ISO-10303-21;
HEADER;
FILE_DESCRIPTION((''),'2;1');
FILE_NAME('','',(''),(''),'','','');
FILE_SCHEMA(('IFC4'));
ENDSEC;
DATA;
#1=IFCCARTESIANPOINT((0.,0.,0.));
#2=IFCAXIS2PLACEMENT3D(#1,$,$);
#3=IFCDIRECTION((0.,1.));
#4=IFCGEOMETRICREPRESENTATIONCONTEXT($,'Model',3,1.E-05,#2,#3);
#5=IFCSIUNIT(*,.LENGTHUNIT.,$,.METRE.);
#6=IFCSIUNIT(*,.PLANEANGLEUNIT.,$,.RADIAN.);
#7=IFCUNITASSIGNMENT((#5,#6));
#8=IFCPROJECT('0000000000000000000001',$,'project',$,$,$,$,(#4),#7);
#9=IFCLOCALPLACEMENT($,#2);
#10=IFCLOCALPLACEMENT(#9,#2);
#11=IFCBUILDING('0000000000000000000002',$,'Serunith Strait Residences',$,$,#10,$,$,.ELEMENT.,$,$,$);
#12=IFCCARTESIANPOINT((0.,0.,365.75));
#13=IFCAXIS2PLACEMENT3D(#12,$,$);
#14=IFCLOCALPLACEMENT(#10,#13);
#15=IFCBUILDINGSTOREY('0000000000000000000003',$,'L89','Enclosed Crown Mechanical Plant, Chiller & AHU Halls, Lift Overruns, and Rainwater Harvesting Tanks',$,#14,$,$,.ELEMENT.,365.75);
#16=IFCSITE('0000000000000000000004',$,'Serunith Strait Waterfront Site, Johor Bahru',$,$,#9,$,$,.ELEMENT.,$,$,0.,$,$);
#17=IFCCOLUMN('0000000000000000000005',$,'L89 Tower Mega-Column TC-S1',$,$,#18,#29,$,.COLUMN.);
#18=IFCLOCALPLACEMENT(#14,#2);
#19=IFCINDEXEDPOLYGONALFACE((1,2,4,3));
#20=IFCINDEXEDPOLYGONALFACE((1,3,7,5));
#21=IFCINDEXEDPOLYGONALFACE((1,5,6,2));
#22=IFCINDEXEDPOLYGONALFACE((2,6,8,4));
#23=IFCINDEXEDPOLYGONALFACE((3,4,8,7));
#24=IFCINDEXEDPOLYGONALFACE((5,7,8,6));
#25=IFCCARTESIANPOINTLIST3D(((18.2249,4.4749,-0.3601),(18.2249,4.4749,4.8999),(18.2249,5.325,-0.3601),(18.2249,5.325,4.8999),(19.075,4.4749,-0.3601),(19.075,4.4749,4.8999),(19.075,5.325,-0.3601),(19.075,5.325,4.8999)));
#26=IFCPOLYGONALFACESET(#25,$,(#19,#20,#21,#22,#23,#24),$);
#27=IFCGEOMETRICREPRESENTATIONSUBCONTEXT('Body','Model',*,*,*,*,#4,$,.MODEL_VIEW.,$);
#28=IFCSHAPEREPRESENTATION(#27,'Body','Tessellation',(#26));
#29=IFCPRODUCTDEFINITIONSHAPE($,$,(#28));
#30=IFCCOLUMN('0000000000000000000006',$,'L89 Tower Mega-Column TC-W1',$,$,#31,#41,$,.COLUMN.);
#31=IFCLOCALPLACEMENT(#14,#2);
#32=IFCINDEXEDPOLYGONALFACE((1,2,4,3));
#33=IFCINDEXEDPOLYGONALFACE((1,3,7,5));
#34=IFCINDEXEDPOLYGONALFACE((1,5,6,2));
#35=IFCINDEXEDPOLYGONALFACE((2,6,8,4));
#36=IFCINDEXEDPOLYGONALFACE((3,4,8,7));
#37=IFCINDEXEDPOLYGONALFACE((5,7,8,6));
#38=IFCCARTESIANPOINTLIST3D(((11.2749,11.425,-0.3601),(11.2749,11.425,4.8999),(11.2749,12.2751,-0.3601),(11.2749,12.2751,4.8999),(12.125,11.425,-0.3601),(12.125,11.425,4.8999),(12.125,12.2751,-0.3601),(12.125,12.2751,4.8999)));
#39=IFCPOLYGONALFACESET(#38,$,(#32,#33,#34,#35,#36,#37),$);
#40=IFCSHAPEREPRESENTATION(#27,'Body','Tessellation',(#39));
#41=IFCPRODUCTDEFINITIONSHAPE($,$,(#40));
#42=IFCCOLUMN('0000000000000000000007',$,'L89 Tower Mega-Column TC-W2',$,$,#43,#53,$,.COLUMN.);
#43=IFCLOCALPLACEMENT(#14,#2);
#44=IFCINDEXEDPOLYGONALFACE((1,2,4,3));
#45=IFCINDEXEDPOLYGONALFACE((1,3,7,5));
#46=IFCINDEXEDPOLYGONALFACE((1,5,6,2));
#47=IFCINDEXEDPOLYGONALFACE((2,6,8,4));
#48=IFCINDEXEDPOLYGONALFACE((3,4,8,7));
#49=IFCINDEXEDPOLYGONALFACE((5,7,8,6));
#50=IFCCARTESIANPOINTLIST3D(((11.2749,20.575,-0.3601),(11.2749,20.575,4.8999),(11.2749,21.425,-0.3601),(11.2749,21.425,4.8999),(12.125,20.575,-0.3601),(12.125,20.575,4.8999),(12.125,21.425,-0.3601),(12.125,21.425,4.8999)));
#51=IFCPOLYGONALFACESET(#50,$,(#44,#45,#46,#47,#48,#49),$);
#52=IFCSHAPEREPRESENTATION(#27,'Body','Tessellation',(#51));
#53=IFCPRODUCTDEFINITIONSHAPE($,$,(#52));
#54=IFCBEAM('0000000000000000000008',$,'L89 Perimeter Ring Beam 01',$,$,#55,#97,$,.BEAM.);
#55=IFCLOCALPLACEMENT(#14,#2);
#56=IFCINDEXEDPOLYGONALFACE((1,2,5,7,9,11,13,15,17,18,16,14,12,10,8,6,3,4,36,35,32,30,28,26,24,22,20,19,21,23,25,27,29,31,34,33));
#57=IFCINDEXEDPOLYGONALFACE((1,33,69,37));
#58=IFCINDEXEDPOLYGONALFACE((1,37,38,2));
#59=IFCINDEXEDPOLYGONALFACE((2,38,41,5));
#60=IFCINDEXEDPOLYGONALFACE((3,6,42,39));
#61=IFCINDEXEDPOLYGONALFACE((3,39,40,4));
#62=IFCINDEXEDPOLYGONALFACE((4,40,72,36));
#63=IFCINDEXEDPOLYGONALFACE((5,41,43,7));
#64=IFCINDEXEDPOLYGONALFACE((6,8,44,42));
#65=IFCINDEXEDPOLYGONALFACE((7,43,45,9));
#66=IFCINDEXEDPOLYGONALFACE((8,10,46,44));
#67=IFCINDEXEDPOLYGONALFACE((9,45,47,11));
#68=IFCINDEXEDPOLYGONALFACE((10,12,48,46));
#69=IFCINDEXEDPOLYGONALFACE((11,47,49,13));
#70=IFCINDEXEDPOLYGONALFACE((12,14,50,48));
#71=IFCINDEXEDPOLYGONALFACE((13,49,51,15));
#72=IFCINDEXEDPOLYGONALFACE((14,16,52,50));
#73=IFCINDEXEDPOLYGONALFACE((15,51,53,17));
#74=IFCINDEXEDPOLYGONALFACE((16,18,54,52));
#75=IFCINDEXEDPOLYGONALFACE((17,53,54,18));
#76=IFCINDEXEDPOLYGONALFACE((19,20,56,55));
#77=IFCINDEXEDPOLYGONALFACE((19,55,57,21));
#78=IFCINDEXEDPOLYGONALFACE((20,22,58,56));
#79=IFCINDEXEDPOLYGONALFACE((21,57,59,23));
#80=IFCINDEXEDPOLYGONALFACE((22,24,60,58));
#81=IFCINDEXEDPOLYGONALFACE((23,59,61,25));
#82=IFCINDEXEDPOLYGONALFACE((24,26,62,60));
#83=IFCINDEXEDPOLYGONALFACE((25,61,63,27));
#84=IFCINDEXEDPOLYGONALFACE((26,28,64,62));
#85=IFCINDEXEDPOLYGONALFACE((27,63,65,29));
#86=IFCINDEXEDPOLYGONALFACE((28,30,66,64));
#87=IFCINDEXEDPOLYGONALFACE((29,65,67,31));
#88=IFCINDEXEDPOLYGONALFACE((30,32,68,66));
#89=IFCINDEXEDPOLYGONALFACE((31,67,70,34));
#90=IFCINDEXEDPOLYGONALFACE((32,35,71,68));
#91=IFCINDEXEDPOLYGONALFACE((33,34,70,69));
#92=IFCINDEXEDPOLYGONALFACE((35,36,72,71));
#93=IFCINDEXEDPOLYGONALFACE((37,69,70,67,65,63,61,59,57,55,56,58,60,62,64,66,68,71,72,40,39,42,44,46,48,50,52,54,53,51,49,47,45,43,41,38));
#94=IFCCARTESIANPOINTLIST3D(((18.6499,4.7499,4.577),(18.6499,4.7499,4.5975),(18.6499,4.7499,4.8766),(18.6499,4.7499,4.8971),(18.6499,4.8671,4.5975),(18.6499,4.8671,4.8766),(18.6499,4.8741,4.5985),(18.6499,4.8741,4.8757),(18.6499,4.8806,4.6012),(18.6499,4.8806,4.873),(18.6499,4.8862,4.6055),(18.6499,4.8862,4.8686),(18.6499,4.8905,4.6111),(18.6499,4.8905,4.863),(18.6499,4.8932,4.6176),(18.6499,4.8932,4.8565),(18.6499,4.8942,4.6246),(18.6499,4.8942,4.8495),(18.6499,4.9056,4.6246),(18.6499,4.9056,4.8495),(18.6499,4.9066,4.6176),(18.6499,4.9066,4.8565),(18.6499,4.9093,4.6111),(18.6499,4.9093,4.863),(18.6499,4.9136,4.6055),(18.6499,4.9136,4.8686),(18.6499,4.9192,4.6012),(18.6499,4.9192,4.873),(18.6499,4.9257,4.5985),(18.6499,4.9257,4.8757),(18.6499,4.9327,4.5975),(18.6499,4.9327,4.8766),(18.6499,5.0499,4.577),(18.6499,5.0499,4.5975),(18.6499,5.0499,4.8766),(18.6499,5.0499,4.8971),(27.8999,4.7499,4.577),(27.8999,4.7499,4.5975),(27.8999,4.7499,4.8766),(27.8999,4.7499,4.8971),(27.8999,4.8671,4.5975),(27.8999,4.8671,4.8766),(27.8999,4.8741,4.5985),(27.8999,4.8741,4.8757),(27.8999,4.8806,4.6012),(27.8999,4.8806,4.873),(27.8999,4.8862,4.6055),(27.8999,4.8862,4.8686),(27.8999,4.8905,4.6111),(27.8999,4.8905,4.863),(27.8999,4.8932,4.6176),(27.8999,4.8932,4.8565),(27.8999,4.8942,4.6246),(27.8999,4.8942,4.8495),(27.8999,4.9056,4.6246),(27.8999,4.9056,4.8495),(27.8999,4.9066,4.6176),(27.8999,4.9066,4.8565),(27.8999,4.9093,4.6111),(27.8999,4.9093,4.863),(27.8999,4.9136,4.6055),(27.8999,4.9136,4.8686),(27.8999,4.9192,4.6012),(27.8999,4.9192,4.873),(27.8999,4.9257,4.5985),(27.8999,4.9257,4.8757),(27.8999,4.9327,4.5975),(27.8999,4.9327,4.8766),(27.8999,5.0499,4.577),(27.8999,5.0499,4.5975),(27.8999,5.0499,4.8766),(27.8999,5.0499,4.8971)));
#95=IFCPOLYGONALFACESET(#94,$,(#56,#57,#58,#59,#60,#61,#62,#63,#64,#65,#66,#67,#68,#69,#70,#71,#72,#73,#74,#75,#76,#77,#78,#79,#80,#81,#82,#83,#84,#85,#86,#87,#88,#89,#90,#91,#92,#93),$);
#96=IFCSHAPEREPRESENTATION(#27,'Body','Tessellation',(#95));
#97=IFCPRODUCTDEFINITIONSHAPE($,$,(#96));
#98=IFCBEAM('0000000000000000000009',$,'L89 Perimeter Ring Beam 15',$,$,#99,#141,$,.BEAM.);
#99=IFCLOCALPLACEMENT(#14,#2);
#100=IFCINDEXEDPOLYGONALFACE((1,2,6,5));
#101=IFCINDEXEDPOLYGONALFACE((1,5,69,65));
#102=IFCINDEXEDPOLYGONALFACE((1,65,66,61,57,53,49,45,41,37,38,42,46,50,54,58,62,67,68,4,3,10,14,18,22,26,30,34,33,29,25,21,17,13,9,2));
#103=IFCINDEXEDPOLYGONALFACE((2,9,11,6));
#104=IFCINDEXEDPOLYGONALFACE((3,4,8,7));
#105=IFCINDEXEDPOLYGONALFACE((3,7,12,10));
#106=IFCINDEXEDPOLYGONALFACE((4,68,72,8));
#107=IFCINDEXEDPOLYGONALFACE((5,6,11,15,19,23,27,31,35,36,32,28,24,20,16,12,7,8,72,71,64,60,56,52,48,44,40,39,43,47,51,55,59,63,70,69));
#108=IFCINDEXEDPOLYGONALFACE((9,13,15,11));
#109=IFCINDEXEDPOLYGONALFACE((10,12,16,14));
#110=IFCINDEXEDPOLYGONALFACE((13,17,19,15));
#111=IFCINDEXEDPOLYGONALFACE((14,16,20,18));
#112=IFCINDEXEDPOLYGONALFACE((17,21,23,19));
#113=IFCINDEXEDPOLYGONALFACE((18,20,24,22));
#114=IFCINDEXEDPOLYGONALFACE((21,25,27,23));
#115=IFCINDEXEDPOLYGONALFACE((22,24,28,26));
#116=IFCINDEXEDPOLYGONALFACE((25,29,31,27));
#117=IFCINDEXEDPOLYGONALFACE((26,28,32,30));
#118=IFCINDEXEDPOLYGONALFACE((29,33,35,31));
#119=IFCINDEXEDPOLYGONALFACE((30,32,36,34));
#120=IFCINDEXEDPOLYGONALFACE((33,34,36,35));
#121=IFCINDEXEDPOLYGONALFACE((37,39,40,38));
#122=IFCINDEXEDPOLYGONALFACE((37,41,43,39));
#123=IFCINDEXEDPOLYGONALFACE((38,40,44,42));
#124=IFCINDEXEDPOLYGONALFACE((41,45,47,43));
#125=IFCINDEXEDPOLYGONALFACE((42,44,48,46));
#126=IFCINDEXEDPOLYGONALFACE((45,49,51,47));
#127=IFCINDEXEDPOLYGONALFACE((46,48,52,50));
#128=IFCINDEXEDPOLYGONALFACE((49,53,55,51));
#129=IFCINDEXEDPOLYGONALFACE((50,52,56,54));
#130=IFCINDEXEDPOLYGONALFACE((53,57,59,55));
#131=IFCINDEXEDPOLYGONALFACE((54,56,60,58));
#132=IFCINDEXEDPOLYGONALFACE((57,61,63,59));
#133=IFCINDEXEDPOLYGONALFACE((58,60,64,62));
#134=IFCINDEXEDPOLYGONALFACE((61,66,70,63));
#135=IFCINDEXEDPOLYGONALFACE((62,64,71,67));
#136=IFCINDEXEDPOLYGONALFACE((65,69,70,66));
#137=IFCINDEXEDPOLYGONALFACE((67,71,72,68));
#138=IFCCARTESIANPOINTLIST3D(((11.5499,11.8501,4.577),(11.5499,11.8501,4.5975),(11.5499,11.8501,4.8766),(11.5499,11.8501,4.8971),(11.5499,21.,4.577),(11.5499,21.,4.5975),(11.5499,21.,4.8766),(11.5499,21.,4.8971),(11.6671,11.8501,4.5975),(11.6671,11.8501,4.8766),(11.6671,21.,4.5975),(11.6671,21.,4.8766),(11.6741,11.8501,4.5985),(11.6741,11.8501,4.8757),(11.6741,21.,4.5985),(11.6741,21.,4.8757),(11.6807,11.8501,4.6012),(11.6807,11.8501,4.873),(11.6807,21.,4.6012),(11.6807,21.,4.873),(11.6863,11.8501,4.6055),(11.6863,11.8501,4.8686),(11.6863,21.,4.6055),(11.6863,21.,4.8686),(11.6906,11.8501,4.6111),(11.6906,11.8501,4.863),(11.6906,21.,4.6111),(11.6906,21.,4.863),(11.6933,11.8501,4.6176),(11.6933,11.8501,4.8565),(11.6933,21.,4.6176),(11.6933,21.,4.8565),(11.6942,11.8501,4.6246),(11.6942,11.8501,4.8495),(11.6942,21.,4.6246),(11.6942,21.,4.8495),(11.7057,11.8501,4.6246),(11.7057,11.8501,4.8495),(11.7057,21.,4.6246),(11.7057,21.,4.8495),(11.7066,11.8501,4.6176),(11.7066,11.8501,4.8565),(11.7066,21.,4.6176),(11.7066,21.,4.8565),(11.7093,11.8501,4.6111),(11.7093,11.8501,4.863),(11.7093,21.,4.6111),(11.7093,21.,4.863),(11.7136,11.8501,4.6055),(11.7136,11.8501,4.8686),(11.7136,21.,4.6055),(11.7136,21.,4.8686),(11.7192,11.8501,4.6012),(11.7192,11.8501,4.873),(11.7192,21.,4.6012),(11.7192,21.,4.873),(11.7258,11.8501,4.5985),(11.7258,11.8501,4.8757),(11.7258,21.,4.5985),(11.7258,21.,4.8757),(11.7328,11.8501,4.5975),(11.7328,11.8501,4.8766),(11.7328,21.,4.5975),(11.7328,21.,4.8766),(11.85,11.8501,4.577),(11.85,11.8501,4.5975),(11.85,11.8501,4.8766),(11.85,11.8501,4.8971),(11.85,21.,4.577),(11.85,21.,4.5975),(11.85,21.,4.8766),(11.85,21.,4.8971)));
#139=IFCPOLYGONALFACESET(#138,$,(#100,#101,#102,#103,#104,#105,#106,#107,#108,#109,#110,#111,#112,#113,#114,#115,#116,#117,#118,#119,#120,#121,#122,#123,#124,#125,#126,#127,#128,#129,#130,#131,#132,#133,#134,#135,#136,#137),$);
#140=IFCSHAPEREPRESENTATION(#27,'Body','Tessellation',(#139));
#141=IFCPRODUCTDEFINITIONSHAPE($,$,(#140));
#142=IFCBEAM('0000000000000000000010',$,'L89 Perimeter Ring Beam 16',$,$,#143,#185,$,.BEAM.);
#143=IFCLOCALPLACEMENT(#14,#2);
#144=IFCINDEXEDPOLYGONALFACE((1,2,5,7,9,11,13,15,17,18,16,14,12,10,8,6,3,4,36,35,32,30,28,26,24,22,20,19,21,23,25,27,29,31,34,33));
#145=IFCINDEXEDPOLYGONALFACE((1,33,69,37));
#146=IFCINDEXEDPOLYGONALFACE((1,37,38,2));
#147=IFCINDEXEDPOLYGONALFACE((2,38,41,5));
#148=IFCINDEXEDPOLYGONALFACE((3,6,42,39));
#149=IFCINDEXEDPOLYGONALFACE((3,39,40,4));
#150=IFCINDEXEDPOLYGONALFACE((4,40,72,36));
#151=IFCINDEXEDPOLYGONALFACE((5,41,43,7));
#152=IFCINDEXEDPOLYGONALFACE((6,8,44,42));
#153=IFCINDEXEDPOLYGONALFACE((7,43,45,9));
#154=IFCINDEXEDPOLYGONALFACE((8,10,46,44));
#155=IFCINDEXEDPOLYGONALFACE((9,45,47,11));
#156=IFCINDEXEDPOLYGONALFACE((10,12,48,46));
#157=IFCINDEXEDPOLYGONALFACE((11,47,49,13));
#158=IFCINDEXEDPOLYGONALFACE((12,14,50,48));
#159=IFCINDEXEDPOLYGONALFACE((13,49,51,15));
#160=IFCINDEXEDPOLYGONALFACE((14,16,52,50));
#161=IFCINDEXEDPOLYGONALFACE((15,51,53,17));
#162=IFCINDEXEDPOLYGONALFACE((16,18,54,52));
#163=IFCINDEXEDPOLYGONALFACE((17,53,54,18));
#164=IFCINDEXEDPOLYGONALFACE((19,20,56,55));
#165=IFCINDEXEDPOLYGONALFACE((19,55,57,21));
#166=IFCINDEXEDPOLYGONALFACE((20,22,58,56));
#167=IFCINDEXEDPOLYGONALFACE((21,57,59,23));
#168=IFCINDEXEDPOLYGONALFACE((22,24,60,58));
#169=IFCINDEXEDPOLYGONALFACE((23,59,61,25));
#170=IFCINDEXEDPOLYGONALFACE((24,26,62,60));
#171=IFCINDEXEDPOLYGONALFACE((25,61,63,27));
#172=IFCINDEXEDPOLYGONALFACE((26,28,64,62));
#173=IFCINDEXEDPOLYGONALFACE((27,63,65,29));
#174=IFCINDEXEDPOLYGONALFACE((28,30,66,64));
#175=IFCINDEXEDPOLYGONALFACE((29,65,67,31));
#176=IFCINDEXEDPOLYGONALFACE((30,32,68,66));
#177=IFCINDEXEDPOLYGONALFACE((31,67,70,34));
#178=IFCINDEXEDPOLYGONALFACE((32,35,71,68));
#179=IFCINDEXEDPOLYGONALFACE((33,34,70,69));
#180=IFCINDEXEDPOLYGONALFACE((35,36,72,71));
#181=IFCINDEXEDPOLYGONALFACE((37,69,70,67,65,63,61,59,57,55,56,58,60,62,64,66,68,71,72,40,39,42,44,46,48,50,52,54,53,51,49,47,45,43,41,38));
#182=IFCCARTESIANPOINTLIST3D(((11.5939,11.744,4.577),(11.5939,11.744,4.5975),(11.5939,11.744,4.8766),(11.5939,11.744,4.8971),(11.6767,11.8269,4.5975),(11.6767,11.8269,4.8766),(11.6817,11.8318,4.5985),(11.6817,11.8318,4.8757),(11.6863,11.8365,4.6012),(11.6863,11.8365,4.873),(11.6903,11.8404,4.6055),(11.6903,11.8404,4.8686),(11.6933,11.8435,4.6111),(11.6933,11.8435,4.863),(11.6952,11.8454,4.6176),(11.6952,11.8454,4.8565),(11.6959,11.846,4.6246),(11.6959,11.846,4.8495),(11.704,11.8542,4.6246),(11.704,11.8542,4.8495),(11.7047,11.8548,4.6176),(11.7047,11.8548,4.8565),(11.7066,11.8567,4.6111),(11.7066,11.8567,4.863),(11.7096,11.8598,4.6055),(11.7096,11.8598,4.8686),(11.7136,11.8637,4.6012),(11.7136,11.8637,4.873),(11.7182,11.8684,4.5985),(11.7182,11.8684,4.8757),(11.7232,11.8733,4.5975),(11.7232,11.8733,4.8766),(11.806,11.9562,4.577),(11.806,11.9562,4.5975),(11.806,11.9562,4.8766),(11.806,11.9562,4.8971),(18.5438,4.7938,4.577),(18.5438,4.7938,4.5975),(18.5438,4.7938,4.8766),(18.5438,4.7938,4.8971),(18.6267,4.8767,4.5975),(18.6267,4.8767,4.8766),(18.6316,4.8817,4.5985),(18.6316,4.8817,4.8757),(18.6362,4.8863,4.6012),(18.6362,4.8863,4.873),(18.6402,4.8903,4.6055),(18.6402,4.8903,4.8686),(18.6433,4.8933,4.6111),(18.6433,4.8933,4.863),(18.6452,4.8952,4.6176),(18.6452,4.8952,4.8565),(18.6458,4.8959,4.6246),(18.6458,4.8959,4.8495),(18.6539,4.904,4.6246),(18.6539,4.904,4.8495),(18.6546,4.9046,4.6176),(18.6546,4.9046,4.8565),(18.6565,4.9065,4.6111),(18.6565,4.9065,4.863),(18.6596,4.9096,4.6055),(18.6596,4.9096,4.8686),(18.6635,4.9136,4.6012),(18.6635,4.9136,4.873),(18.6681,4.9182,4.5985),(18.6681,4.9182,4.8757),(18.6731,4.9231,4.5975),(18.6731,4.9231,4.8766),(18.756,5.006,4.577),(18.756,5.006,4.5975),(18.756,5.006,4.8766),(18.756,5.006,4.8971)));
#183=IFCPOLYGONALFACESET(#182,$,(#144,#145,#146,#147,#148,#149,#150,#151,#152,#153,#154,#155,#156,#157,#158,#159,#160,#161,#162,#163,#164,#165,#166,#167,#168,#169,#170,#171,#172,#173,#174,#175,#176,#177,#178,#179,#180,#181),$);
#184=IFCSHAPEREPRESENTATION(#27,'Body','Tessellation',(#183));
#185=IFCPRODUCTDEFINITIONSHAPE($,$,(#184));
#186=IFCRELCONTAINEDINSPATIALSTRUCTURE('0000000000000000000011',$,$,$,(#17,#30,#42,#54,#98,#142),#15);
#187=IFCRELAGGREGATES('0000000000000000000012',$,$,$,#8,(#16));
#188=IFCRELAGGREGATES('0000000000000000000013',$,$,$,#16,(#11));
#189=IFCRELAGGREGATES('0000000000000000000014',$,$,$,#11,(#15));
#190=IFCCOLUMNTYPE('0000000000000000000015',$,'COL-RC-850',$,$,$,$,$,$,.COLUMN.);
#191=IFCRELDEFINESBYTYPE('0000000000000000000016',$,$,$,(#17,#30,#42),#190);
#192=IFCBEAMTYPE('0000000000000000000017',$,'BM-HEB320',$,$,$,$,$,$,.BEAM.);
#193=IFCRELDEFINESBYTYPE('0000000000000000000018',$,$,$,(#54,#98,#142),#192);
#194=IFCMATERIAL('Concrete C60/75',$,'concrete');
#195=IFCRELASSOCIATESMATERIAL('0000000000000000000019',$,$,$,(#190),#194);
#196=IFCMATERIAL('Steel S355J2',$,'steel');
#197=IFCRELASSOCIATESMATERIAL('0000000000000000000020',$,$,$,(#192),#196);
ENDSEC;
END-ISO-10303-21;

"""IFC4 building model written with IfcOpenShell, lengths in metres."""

from ifc_helpers import new_model, si_unit, direction, frame, origin, origin_2d, place, context, subcontext, project, spatial, rectangle, i_section, extrude, source, transform, mapped, material, material_profile, profile_set, type_object, element, save


model = new_model("IFC4")

# Units and contexts
model_context = context("Model", 3, precision=1e-05, world=origin(), true_north=direction((0.0, 1.0)))
body_context = subcontext(model_context, "Body", "Model", "MODEL_VIEW")
ifc_project = project(units=[si_unit("LENGTHUNIT", "METRE"), si_unit("PLANEANGLEUNIT", "RADIAN")], contexts=[model_context])

# Site, building, storey
site_placement = place(None, origin())
site = spatial("IfcSite", under=ifc_project, at=site_placement, Name="Serunith Strait Waterfront Site, Johor Bahru", CompositionType="ELEMENT", RefElevation=0.0)
building_placement = place(site_placement, origin())
building = spatial("IfcBuilding", under=site, at=building_placement, Name="Serunith Strait Residences", CompositionType="ELEMENT")
storey_placement = place(building_placement, frame((0.0, 0.0, 365.75)))
storey = spatial("IfcBuildingStorey", under=building, at=storey_placement, Name="L89", Description="Enclosed Crown Mechanical Plant, Chiller & AHU Halls, Lift Overruns, and Rainwater Harvesting Tanks", CompositionType="ELEMENT", Elevation=365.75)

# Columns
ifc_material_1 = material(Name="Concrete C60/75", Category="concrete")
ifc_material_profile_1 = material_profile(ifc_material_1, rectangle(XDim=0.8501, YDim=0.8501, at=origin_2d()), Name="RC 850x850")
ifc_profile_set_1 = profile_set([ifc_material_profile_1], Name="Concrete C60/75")
column_type = type_object("IfcColumnType", Name="COL-RC-850", PredefinedType="COLUMN", material=ifc_profile_set_1)
shared_shape_1 = source(origin(), body_context, "Body", "SweptSolid", [
    extrude(rectangle(XDim=0.8501, YDim=0.8501, at=origin_2d()), origin(), (0.0, 0.0, 1.0), 5.26),
])
for number, where, z_axis, x_axis, name in (
    (1, (18.6499, 4.8999, -0.3601), (0.0, 0.0, 1.0), (1.0, 0.0, 0.0), "L89 Tower Mega-Column TC-S1"),
    (2, (11.7, 11.8501, -0.3601), (0.0, 0.0, 1.0), (1.0, 0.0, 0.0), "L89 Tower Mega-Column TC-W1"),
    (3, (11.7, 21.0, -0.3601), (0.0, 0.0, 1.0), (1.0, 0.0, 0.0), "L89 Tower Mega-Column TC-W2"),
):
    element("IfcColumn", number, at=place(storey_placement, frame(where, z_axis=z_axis, x_axis=x_axis)), inside=storey, type_object=column_type, Name=name, PredefinedType="COLUMN", context=body_context, shape_type="MappedRepresentation", body=[
        mapped(shared_shape_1, transform((0.0, 0.0, 0.0), scale=1.0)),
    ])

# Beams
ifc_material_2 = material(Name="Steel S355J2", Category="steel")
ifc_material_profile_2 = material_profile(ifc_material_2, i_section(OverallWidth=0.3, OverallDepth=0.3201, WebThickness=0.0115, FlangeThickness=0.0205, FilletRadius=0.0271, at=origin_2d()), Name="HEB 320")
ifc_profile_set_2 = profile_set([ifc_material_profile_2], Name="Steel S355J2")
beam_type_1 = type_object("IfcBeamType", Name="BM-HEB320", PredefinedType="BEAM", material=ifc_profile_set_2)
shared_shape_2 = source(origin(), body_context, "Body", "SweptSolid", [
    extrude(i_section(OverallWidth=0.3, OverallDepth=0.3201, WebThickness=0.0115, FlangeThickness=0.0205, FilletRadius=0.0271, at=origin_2d()), origin(), (0.0, 0.0, 1.0), 9.25),
])
beam_1_placement = place(storey_placement, frame((18.6499, 4.8999, 4.7371), z_axis=(1.0, 0.0, 0.0), x_axis=(0.0, 1.0, 0.0)))
element("IfcBeam", 4, at=beam_1_placement, inside=storey, type_object=beam_type_1, Name="L89 Perimeter Ring Beam 01", PredefinedType="BEAM", context=body_context, shape_type="MappedRepresentation", body=[
    mapped(shared_shape_2, transform((0.0, 0.0, 0.0), scale=1.0)),
])
shared_shape_3 = source(origin(), body_context, "Body", "SweptSolid", [
    extrude(i_section(OverallWidth=0.3, OverallDepth=0.3201, WebThickness=0.0115, FlangeThickness=0.0205, FilletRadius=0.0271, at=origin_2d()), origin(), (0.0, 0.0, 1.0), 9.1499),
])
beam_2_placement = place(storey_placement, frame((11.7, 21.0, 4.7371), z_axis=(0.0, -1.0, 0.0), x_axis=(1.0, 0.0, 0.0)))
element("IfcBeam", 5, at=beam_2_placement, inside=storey, type_object=beam_type_1, Name="L89 Perimeter Ring Beam 15", PredefinedType="BEAM", context=body_context, shape_type="MappedRepresentation", body=[
    mapped(shared_shape_3, transform((0.0, 0.0, 0.0), scale=1.0)),
])
shared_shape_4 = source(origin(), body_context, "Body", "SweptSolid", [
    extrude(i_section(OverallWidth=0.3, OverallDepth=0.3201, WebThickness=0.0115, FlangeThickness=0.0205, FilletRadius=0.0271, at=origin_2d()), origin(), (0.0, 0.0, 1.0), 9.8289),
])
beam_3_placement = place(storey_placement, frame((11.7, 11.8501, 4.7371), z_axis=(0.707094, -0.707119, 0.0), x_axis=(0.707119, 0.707094, 0.0)))
element("IfcBeam", 6, at=beam_3_placement, inside=storey, type_object=beam_type_1, Name="L89 Perimeter Ring Beam 16", PredefinedType="BEAM", context=body_context, shape_type="MappedRepresentation", body=[
    mapped(shared_shape_4, transform((0.0, 0.0, 0.0), scale=1.0)),
])

save(model, "model.ifc")
